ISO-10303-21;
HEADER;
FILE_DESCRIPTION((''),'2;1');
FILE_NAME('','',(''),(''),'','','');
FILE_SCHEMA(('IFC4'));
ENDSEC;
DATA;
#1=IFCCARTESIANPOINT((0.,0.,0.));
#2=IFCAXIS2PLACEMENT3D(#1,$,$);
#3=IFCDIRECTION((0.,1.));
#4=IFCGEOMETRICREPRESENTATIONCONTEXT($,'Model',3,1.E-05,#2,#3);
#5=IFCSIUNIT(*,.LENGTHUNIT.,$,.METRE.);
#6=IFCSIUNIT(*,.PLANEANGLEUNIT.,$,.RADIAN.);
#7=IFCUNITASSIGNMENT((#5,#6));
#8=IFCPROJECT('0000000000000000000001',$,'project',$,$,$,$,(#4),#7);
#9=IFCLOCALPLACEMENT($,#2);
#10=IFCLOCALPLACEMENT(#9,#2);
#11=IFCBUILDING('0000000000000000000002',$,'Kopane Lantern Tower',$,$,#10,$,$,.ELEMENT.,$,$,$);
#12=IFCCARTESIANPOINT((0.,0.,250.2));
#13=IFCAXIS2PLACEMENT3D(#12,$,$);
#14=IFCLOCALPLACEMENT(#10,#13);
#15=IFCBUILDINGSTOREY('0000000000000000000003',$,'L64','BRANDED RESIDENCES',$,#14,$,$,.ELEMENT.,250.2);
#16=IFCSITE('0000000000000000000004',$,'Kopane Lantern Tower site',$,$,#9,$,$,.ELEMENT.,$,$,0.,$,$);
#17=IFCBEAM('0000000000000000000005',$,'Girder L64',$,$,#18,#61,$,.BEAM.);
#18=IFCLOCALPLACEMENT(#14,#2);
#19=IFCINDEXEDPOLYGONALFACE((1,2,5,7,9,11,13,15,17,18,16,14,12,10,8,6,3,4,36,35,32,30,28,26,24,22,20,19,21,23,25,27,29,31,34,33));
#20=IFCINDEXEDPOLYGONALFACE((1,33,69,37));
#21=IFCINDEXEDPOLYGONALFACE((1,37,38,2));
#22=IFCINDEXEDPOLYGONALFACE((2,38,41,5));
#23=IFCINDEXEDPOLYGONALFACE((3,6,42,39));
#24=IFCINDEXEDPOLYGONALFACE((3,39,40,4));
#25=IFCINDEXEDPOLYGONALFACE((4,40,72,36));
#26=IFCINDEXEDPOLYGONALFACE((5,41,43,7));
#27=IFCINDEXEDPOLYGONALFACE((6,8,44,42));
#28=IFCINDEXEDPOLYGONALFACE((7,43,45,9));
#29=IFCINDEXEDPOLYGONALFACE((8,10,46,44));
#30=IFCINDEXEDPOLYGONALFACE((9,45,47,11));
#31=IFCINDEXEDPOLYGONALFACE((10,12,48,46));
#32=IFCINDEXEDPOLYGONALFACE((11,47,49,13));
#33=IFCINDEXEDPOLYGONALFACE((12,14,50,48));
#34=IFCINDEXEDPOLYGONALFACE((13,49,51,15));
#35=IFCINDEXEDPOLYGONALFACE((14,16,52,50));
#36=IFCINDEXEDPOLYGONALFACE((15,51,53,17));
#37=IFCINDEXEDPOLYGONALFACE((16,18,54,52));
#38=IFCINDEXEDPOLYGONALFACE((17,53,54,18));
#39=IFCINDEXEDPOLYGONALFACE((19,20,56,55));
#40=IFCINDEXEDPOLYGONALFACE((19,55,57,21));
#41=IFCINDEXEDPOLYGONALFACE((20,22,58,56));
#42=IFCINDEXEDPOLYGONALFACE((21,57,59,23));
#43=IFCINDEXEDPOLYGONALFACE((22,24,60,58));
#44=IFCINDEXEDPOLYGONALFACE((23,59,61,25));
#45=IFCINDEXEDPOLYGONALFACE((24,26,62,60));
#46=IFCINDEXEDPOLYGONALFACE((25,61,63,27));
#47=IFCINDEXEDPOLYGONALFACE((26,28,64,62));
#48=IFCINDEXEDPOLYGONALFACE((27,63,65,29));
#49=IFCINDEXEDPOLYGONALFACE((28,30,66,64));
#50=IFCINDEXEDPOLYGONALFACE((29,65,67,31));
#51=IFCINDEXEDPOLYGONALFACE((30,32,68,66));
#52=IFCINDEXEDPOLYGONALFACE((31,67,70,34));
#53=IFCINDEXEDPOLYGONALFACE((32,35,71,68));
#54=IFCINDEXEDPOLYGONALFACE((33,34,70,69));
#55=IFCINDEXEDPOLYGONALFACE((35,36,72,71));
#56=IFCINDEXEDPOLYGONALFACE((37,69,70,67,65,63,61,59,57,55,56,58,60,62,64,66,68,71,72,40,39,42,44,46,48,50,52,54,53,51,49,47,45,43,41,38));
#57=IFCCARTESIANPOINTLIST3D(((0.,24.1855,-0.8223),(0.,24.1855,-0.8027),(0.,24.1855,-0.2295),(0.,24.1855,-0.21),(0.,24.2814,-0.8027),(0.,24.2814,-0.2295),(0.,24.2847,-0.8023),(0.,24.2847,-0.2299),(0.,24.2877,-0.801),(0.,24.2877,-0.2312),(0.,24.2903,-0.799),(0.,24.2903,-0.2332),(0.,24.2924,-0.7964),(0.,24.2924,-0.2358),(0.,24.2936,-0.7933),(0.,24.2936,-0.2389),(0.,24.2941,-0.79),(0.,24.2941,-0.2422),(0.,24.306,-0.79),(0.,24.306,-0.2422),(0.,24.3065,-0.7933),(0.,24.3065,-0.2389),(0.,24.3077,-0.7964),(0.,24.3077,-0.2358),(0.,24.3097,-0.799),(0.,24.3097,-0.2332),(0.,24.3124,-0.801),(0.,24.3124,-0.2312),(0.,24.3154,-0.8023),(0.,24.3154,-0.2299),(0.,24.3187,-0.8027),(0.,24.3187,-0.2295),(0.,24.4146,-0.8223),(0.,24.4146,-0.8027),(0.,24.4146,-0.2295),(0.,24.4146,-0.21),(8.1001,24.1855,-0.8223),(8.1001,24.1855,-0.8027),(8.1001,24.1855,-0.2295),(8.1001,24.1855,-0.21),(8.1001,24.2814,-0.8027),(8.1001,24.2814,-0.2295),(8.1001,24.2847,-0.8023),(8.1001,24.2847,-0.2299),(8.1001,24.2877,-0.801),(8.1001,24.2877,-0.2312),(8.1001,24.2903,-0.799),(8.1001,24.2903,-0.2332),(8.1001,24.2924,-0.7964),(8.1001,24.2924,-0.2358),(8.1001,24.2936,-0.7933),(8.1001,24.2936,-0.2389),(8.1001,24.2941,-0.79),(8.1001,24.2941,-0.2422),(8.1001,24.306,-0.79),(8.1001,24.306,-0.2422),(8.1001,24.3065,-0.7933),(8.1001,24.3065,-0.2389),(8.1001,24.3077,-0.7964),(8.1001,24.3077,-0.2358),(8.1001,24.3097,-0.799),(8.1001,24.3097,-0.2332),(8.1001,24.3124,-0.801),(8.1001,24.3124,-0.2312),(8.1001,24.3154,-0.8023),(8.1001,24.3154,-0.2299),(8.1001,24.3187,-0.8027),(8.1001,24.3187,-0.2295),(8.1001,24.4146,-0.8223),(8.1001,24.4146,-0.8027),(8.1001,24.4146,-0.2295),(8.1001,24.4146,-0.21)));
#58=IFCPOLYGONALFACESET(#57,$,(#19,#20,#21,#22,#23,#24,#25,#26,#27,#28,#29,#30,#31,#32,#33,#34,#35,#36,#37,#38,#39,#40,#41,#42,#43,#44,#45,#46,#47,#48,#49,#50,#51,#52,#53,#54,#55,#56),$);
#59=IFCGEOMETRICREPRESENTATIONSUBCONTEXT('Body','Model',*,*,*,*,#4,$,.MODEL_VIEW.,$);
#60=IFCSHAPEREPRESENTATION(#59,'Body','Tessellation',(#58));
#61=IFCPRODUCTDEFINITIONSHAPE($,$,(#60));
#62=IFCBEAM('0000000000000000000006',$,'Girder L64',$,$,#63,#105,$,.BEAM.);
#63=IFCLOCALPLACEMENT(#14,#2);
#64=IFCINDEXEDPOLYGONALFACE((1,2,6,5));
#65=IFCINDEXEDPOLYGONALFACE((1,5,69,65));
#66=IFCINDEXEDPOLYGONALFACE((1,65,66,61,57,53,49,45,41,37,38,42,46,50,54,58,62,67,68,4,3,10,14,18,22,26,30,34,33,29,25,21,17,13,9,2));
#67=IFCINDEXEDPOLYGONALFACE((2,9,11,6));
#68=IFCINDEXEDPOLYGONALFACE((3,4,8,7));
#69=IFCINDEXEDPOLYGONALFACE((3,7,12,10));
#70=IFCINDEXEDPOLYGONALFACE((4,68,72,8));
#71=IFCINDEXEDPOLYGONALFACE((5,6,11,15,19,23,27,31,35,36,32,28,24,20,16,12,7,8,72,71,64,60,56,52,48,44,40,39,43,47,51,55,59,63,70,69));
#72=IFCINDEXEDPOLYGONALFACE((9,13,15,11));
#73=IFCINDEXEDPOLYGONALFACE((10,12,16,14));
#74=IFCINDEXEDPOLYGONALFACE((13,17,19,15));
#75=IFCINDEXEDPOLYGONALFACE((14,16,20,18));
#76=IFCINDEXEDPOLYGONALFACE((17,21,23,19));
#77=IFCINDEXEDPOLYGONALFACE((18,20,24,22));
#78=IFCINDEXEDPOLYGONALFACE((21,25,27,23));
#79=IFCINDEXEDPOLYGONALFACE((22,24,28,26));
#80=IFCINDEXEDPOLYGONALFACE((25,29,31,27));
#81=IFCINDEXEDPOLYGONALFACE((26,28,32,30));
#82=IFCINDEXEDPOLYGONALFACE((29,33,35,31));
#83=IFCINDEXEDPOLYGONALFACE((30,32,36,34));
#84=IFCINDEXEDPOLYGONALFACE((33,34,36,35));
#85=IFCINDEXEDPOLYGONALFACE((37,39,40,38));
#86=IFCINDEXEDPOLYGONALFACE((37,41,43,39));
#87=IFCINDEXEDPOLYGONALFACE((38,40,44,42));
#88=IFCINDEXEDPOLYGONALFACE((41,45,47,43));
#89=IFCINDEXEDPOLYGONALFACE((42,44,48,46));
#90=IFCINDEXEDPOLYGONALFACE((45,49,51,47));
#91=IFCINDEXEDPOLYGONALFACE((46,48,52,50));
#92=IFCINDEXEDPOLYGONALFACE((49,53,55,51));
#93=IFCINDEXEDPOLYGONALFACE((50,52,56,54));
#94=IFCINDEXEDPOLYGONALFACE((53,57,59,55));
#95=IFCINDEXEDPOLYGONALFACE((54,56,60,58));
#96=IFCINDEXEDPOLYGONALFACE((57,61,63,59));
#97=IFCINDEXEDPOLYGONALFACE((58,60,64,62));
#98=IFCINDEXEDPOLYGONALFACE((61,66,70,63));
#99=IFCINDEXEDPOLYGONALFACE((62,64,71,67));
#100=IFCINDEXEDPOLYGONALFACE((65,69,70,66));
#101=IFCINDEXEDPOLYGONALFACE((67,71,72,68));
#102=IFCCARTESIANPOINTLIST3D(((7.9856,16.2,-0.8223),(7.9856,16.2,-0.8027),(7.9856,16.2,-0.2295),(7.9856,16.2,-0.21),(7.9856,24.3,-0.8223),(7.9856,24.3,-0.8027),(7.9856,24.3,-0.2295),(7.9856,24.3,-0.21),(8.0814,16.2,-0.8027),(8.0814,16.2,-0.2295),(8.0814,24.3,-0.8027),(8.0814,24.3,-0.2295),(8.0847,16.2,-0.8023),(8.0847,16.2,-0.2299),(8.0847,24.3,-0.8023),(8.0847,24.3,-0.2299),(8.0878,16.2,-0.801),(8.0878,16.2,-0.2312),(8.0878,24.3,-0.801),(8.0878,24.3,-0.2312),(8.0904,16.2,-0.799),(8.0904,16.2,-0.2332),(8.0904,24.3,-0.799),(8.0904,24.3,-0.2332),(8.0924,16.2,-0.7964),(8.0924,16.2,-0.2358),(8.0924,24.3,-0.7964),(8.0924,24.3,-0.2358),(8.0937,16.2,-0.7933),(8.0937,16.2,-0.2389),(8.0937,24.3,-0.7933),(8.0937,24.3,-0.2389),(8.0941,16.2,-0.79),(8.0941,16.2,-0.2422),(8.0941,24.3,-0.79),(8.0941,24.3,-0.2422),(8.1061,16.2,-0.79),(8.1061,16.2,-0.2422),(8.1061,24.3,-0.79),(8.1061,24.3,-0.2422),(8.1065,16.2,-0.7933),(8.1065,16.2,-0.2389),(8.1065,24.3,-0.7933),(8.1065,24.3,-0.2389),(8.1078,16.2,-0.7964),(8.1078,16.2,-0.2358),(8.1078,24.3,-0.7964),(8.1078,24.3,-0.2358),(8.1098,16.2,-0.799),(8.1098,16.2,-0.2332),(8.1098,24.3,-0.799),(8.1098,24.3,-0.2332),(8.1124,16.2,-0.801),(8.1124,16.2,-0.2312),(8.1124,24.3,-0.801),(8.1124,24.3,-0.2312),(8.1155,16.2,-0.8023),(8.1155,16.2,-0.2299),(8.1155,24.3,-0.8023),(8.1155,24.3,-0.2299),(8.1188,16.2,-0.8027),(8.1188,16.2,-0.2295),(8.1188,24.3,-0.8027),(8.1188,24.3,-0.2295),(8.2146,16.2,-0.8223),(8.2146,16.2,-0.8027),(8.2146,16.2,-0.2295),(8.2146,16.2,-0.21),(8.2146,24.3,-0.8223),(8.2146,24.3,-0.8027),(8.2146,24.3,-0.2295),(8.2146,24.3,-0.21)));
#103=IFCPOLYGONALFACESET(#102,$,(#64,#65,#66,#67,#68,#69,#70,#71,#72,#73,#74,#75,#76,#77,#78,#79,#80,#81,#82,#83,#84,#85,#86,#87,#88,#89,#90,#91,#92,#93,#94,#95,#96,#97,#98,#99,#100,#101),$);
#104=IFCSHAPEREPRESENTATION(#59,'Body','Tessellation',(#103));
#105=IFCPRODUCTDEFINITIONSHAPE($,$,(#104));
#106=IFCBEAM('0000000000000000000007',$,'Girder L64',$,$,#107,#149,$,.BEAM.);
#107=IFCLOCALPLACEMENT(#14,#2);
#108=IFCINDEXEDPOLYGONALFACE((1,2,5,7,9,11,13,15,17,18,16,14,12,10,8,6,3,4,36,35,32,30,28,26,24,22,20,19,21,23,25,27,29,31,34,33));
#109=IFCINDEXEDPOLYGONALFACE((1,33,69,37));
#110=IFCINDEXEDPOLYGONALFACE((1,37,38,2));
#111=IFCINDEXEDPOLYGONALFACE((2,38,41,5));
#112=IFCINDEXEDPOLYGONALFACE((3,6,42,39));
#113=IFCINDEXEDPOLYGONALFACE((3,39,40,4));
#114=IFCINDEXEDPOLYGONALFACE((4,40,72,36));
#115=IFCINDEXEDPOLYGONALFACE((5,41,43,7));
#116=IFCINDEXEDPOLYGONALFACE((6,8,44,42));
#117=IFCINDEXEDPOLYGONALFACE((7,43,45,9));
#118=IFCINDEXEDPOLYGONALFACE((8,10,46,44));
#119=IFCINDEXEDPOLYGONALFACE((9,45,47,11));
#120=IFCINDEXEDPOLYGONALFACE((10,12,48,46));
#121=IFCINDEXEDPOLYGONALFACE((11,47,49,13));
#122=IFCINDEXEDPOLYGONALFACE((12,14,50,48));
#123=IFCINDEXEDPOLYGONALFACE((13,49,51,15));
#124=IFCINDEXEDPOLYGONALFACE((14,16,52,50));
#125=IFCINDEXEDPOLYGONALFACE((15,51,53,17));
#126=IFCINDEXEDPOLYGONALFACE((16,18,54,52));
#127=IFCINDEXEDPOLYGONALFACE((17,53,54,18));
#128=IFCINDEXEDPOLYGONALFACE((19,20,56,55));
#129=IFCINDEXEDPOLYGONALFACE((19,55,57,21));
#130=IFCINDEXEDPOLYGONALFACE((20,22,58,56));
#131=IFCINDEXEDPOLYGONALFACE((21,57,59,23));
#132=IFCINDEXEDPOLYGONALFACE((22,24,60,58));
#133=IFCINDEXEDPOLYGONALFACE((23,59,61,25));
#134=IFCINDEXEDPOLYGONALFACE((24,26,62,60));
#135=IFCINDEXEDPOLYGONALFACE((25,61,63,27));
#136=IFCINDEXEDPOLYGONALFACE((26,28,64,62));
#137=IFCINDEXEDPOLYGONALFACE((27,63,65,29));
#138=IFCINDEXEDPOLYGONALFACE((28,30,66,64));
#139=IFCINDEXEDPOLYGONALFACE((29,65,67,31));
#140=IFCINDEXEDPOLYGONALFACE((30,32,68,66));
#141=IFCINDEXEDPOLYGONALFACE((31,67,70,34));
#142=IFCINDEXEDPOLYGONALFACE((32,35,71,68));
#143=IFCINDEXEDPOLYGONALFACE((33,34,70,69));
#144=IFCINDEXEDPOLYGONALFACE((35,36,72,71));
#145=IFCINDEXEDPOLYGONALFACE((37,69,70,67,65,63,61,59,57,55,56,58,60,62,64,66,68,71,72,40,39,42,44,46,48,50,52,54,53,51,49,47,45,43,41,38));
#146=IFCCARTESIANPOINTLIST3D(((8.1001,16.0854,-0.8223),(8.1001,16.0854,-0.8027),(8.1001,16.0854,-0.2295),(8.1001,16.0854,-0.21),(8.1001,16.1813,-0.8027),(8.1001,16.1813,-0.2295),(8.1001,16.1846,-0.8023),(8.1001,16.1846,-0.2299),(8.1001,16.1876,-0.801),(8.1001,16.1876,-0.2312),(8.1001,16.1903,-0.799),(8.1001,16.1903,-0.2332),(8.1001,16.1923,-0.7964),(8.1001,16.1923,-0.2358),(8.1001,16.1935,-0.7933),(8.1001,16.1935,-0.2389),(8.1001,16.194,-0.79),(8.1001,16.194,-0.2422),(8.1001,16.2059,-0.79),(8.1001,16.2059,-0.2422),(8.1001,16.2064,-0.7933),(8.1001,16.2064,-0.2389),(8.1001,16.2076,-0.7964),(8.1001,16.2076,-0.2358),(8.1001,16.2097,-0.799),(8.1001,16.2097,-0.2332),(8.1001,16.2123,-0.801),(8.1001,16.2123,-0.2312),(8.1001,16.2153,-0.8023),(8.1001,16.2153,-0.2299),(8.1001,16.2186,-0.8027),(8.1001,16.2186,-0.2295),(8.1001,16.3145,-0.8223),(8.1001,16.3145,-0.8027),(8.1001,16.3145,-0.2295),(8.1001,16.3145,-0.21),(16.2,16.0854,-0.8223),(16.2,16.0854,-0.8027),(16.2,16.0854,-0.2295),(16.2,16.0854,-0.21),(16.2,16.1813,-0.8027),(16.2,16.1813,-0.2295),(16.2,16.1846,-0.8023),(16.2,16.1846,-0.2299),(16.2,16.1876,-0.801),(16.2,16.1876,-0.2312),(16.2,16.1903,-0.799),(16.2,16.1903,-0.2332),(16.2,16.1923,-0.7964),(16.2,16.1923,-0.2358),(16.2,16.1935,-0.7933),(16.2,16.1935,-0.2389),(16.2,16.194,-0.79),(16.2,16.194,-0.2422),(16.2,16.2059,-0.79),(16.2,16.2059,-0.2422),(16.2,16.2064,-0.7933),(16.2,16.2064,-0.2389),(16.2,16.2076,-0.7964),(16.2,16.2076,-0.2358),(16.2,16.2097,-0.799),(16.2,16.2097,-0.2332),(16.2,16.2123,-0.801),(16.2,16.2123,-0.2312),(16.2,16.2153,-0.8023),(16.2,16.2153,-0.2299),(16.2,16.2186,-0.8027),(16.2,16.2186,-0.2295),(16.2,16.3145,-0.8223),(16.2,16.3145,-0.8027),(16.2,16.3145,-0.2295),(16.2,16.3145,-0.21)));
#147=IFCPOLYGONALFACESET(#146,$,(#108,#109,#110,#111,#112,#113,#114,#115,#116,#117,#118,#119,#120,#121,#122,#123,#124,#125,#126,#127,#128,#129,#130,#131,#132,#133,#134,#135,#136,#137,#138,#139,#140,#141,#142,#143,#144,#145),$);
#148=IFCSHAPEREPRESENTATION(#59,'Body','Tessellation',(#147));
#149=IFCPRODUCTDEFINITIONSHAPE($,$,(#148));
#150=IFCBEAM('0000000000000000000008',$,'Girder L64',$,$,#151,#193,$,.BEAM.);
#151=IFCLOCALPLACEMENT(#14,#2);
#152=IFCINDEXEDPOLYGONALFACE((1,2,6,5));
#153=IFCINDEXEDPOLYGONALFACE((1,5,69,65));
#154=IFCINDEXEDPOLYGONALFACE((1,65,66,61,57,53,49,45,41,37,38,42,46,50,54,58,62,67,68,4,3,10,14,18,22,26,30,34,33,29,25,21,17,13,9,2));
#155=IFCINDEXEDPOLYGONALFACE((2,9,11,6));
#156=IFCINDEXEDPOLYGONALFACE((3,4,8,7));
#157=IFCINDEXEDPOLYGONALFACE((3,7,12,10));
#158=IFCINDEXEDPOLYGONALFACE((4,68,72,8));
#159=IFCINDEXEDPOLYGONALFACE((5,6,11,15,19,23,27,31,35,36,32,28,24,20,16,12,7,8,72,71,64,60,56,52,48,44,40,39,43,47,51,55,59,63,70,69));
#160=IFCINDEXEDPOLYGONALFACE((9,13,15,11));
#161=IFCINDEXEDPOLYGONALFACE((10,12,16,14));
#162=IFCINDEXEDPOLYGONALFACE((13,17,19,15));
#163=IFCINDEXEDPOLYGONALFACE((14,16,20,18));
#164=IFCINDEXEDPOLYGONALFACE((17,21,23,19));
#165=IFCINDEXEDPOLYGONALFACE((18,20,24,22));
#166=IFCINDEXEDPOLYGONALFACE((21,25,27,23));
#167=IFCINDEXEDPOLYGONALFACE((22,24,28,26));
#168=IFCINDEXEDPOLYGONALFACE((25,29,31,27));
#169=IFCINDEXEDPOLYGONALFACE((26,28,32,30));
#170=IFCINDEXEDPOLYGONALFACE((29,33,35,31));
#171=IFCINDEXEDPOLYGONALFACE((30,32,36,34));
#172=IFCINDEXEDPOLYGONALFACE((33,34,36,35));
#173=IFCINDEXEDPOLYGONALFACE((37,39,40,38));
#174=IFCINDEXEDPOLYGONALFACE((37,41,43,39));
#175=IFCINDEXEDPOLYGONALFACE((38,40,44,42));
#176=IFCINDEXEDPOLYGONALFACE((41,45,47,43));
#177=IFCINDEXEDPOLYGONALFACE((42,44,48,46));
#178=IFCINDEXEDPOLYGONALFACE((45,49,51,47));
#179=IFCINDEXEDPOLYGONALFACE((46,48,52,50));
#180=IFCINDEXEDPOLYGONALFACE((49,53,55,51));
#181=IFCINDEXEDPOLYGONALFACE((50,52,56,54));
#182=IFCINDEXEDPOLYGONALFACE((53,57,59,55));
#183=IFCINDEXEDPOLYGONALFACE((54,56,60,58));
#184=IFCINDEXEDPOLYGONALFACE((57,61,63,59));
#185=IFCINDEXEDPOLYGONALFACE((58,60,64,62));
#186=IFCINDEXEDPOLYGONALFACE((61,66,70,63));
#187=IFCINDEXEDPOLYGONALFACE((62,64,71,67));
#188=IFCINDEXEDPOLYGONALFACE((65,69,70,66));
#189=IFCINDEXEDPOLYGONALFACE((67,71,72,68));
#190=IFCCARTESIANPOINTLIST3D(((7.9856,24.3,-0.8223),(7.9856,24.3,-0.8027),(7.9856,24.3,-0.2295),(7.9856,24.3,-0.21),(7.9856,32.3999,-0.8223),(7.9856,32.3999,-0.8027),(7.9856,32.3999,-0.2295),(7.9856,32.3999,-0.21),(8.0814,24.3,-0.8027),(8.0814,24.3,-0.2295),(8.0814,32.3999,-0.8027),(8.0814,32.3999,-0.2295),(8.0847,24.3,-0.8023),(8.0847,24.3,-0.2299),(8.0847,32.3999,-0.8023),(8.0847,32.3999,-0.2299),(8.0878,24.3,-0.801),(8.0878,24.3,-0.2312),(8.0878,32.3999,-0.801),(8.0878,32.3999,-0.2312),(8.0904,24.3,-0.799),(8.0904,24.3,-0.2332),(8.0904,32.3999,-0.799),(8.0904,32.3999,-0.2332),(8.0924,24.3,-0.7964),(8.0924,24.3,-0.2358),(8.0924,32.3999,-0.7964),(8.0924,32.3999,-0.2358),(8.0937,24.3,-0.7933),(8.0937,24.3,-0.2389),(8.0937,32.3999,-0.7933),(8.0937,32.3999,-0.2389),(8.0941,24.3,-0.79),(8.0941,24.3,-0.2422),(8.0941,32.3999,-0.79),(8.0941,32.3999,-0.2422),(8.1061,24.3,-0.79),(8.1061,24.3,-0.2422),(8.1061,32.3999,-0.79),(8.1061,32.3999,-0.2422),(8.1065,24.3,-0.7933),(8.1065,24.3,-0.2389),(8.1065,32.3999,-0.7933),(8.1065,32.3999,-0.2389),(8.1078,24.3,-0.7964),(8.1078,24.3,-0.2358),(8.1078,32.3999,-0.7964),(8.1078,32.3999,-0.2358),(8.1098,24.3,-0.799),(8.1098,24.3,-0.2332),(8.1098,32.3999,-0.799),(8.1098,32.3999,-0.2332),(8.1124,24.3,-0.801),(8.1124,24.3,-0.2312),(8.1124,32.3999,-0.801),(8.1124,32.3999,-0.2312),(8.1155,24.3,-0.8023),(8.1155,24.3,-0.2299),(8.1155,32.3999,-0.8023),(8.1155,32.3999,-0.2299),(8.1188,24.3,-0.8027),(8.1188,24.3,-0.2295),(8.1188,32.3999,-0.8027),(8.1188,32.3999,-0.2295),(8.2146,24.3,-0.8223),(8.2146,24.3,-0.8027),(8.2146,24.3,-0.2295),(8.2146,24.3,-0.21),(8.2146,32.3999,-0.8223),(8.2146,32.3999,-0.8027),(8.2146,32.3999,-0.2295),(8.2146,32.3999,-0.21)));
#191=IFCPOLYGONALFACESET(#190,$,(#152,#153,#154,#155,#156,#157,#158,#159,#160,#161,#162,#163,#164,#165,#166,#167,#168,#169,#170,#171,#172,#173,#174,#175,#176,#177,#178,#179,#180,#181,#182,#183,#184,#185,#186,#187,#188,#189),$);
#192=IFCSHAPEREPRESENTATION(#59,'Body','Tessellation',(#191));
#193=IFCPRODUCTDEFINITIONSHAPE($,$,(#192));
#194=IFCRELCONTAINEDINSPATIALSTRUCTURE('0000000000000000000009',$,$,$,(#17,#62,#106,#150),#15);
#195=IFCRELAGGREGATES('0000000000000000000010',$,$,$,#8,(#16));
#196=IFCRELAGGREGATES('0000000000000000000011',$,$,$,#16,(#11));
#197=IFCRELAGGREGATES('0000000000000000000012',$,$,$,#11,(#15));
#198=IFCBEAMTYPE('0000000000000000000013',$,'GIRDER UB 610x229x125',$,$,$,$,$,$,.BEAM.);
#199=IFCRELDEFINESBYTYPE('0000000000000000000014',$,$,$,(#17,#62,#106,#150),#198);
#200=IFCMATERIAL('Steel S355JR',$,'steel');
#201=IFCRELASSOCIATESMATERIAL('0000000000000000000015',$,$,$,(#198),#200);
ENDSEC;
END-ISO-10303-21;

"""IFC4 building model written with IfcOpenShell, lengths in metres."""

from ifc_helpers import new_model, si_unit, direction, frame, origin, origin_2d, place, context, subcontext, project, spatial, i_section, extrude, material, material_profile, profile_set, type_object, element, save


model = new_model("IFC4")

# Units and contexts
model_context = context("Model", 3, precision=1e-05, world=origin(), true_north=direction((0.0, 1.0)))
body_context = subcontext(model_context, "Body", "Model", "MODEL_VIEW")
ifc_project = project(units=[si_unit("LENGTHUNIT", "METRE"), si_unit("PLANEANGLEUNIT", "RADIAN")], contexts=[model_context])

# Site, building, storey
site_placement = place(None, origin())
site = spatial("IfcSite", under=ifc_project, at=site_placement, Name="Kopane Lantern Tower site", CompositionType="ELEMENT", RefElevation=0.0)
building_placement = place(site_placement, origin())
building = spatial("IfcBuilding", under=site, at=building_placement, Name="Kopane Lantern Tower", CompositionType="ELEMENT")
storey_placement = place(building_placement, frame((0.0, 0.0, 250.2)))
storey = spatial("IfcBuildingStorey", under=building, at=storey_placement, Name="L64", Description="BRANDED RESIDENCES", CompositionType="ELEMENT", Elevation=250.2)

# Beams
ifc_material_1 = material(Name="Steel S355JR", Category="steel")
ifc_material_profile_1 = material_profile(ifc_material_1, i_section(OverallWidth=0.229, OverallDepth=0.6123, WebThickness=0.012, FlangeThickness=0.0195, FilletRadius=0.0127, at=origin_2d()), Name="UB 610x229x125")
ifc_profile_set_1 = profile_set([ifc_material_profile_1], Name="Steel S355JR")
beam_type_1 = type_object("IfcBeamType", Name="GIRDER UB 610x229x125", PredefinedType="BEAM", material=ifc_profile_set_1)
for number, where, z_axis, x_axis, name in (
    (1, (0.0, 24.3, -0.5161), (1.0, 0.0, 0.0), (0.0, 1.0, 0.0), "Girder L64"),
    (2, (8.1001, 16.2, -0.5161), (0.0, 1.0, 0.0), (-1.0, 0.0, 0.0), "Girder L64"),
):
    element("IfcBeam", number, at=place(storey_placement, frame(where, z_axis=z_axis, x_axis=x_axis)), inside=storey, type_object=beam_type_1, Name=name, PredefinedType="BEAM", context=body_context, shape_type="SweptSolid", body=[
        extrude(i_section(OverallWidth=0.229, OverallDepth=0.6123, WebThickness=0.012, FlangeThickness=0.0195, FilletRadius=0.0127, at=origin_2d()), origin(), (0.0, 0.0, 1.0), 8.1001),
    ])
for number, where, z_axis, x_axis, name in (
    (3, (8.1001, 16.2, -0.5161), (1.0, 0.0, 0.0), (0.0, 1.0, 0.0), "Girder L64"),
    (4, (8.1001, 24.3, -0.5161), (0.0, 1.0, 0.0), (-1.0, 0.0, 0.0), "Girder L64"),
):
    element("IfcBeam", number, at=place(storey_placement, frame(where, z_axis=z_axis, x_axis=x_axis)), inside=storey, type_object=beam_type_1, Name=name, PredefinedType="BEAM", context=body_context, shape_type="SweptSolid", body=[
        extrude(i_section(OverallWidth=0.229, OverallDepth=0.6123, WebThickness=0.012, FlangeThickness=0.0195, FilletRadius=0.0127, at=origin_2d()), origin(), (0.0, 0.0, 1.0), 8.0999),
    ])

save(model, "model.ifc")
